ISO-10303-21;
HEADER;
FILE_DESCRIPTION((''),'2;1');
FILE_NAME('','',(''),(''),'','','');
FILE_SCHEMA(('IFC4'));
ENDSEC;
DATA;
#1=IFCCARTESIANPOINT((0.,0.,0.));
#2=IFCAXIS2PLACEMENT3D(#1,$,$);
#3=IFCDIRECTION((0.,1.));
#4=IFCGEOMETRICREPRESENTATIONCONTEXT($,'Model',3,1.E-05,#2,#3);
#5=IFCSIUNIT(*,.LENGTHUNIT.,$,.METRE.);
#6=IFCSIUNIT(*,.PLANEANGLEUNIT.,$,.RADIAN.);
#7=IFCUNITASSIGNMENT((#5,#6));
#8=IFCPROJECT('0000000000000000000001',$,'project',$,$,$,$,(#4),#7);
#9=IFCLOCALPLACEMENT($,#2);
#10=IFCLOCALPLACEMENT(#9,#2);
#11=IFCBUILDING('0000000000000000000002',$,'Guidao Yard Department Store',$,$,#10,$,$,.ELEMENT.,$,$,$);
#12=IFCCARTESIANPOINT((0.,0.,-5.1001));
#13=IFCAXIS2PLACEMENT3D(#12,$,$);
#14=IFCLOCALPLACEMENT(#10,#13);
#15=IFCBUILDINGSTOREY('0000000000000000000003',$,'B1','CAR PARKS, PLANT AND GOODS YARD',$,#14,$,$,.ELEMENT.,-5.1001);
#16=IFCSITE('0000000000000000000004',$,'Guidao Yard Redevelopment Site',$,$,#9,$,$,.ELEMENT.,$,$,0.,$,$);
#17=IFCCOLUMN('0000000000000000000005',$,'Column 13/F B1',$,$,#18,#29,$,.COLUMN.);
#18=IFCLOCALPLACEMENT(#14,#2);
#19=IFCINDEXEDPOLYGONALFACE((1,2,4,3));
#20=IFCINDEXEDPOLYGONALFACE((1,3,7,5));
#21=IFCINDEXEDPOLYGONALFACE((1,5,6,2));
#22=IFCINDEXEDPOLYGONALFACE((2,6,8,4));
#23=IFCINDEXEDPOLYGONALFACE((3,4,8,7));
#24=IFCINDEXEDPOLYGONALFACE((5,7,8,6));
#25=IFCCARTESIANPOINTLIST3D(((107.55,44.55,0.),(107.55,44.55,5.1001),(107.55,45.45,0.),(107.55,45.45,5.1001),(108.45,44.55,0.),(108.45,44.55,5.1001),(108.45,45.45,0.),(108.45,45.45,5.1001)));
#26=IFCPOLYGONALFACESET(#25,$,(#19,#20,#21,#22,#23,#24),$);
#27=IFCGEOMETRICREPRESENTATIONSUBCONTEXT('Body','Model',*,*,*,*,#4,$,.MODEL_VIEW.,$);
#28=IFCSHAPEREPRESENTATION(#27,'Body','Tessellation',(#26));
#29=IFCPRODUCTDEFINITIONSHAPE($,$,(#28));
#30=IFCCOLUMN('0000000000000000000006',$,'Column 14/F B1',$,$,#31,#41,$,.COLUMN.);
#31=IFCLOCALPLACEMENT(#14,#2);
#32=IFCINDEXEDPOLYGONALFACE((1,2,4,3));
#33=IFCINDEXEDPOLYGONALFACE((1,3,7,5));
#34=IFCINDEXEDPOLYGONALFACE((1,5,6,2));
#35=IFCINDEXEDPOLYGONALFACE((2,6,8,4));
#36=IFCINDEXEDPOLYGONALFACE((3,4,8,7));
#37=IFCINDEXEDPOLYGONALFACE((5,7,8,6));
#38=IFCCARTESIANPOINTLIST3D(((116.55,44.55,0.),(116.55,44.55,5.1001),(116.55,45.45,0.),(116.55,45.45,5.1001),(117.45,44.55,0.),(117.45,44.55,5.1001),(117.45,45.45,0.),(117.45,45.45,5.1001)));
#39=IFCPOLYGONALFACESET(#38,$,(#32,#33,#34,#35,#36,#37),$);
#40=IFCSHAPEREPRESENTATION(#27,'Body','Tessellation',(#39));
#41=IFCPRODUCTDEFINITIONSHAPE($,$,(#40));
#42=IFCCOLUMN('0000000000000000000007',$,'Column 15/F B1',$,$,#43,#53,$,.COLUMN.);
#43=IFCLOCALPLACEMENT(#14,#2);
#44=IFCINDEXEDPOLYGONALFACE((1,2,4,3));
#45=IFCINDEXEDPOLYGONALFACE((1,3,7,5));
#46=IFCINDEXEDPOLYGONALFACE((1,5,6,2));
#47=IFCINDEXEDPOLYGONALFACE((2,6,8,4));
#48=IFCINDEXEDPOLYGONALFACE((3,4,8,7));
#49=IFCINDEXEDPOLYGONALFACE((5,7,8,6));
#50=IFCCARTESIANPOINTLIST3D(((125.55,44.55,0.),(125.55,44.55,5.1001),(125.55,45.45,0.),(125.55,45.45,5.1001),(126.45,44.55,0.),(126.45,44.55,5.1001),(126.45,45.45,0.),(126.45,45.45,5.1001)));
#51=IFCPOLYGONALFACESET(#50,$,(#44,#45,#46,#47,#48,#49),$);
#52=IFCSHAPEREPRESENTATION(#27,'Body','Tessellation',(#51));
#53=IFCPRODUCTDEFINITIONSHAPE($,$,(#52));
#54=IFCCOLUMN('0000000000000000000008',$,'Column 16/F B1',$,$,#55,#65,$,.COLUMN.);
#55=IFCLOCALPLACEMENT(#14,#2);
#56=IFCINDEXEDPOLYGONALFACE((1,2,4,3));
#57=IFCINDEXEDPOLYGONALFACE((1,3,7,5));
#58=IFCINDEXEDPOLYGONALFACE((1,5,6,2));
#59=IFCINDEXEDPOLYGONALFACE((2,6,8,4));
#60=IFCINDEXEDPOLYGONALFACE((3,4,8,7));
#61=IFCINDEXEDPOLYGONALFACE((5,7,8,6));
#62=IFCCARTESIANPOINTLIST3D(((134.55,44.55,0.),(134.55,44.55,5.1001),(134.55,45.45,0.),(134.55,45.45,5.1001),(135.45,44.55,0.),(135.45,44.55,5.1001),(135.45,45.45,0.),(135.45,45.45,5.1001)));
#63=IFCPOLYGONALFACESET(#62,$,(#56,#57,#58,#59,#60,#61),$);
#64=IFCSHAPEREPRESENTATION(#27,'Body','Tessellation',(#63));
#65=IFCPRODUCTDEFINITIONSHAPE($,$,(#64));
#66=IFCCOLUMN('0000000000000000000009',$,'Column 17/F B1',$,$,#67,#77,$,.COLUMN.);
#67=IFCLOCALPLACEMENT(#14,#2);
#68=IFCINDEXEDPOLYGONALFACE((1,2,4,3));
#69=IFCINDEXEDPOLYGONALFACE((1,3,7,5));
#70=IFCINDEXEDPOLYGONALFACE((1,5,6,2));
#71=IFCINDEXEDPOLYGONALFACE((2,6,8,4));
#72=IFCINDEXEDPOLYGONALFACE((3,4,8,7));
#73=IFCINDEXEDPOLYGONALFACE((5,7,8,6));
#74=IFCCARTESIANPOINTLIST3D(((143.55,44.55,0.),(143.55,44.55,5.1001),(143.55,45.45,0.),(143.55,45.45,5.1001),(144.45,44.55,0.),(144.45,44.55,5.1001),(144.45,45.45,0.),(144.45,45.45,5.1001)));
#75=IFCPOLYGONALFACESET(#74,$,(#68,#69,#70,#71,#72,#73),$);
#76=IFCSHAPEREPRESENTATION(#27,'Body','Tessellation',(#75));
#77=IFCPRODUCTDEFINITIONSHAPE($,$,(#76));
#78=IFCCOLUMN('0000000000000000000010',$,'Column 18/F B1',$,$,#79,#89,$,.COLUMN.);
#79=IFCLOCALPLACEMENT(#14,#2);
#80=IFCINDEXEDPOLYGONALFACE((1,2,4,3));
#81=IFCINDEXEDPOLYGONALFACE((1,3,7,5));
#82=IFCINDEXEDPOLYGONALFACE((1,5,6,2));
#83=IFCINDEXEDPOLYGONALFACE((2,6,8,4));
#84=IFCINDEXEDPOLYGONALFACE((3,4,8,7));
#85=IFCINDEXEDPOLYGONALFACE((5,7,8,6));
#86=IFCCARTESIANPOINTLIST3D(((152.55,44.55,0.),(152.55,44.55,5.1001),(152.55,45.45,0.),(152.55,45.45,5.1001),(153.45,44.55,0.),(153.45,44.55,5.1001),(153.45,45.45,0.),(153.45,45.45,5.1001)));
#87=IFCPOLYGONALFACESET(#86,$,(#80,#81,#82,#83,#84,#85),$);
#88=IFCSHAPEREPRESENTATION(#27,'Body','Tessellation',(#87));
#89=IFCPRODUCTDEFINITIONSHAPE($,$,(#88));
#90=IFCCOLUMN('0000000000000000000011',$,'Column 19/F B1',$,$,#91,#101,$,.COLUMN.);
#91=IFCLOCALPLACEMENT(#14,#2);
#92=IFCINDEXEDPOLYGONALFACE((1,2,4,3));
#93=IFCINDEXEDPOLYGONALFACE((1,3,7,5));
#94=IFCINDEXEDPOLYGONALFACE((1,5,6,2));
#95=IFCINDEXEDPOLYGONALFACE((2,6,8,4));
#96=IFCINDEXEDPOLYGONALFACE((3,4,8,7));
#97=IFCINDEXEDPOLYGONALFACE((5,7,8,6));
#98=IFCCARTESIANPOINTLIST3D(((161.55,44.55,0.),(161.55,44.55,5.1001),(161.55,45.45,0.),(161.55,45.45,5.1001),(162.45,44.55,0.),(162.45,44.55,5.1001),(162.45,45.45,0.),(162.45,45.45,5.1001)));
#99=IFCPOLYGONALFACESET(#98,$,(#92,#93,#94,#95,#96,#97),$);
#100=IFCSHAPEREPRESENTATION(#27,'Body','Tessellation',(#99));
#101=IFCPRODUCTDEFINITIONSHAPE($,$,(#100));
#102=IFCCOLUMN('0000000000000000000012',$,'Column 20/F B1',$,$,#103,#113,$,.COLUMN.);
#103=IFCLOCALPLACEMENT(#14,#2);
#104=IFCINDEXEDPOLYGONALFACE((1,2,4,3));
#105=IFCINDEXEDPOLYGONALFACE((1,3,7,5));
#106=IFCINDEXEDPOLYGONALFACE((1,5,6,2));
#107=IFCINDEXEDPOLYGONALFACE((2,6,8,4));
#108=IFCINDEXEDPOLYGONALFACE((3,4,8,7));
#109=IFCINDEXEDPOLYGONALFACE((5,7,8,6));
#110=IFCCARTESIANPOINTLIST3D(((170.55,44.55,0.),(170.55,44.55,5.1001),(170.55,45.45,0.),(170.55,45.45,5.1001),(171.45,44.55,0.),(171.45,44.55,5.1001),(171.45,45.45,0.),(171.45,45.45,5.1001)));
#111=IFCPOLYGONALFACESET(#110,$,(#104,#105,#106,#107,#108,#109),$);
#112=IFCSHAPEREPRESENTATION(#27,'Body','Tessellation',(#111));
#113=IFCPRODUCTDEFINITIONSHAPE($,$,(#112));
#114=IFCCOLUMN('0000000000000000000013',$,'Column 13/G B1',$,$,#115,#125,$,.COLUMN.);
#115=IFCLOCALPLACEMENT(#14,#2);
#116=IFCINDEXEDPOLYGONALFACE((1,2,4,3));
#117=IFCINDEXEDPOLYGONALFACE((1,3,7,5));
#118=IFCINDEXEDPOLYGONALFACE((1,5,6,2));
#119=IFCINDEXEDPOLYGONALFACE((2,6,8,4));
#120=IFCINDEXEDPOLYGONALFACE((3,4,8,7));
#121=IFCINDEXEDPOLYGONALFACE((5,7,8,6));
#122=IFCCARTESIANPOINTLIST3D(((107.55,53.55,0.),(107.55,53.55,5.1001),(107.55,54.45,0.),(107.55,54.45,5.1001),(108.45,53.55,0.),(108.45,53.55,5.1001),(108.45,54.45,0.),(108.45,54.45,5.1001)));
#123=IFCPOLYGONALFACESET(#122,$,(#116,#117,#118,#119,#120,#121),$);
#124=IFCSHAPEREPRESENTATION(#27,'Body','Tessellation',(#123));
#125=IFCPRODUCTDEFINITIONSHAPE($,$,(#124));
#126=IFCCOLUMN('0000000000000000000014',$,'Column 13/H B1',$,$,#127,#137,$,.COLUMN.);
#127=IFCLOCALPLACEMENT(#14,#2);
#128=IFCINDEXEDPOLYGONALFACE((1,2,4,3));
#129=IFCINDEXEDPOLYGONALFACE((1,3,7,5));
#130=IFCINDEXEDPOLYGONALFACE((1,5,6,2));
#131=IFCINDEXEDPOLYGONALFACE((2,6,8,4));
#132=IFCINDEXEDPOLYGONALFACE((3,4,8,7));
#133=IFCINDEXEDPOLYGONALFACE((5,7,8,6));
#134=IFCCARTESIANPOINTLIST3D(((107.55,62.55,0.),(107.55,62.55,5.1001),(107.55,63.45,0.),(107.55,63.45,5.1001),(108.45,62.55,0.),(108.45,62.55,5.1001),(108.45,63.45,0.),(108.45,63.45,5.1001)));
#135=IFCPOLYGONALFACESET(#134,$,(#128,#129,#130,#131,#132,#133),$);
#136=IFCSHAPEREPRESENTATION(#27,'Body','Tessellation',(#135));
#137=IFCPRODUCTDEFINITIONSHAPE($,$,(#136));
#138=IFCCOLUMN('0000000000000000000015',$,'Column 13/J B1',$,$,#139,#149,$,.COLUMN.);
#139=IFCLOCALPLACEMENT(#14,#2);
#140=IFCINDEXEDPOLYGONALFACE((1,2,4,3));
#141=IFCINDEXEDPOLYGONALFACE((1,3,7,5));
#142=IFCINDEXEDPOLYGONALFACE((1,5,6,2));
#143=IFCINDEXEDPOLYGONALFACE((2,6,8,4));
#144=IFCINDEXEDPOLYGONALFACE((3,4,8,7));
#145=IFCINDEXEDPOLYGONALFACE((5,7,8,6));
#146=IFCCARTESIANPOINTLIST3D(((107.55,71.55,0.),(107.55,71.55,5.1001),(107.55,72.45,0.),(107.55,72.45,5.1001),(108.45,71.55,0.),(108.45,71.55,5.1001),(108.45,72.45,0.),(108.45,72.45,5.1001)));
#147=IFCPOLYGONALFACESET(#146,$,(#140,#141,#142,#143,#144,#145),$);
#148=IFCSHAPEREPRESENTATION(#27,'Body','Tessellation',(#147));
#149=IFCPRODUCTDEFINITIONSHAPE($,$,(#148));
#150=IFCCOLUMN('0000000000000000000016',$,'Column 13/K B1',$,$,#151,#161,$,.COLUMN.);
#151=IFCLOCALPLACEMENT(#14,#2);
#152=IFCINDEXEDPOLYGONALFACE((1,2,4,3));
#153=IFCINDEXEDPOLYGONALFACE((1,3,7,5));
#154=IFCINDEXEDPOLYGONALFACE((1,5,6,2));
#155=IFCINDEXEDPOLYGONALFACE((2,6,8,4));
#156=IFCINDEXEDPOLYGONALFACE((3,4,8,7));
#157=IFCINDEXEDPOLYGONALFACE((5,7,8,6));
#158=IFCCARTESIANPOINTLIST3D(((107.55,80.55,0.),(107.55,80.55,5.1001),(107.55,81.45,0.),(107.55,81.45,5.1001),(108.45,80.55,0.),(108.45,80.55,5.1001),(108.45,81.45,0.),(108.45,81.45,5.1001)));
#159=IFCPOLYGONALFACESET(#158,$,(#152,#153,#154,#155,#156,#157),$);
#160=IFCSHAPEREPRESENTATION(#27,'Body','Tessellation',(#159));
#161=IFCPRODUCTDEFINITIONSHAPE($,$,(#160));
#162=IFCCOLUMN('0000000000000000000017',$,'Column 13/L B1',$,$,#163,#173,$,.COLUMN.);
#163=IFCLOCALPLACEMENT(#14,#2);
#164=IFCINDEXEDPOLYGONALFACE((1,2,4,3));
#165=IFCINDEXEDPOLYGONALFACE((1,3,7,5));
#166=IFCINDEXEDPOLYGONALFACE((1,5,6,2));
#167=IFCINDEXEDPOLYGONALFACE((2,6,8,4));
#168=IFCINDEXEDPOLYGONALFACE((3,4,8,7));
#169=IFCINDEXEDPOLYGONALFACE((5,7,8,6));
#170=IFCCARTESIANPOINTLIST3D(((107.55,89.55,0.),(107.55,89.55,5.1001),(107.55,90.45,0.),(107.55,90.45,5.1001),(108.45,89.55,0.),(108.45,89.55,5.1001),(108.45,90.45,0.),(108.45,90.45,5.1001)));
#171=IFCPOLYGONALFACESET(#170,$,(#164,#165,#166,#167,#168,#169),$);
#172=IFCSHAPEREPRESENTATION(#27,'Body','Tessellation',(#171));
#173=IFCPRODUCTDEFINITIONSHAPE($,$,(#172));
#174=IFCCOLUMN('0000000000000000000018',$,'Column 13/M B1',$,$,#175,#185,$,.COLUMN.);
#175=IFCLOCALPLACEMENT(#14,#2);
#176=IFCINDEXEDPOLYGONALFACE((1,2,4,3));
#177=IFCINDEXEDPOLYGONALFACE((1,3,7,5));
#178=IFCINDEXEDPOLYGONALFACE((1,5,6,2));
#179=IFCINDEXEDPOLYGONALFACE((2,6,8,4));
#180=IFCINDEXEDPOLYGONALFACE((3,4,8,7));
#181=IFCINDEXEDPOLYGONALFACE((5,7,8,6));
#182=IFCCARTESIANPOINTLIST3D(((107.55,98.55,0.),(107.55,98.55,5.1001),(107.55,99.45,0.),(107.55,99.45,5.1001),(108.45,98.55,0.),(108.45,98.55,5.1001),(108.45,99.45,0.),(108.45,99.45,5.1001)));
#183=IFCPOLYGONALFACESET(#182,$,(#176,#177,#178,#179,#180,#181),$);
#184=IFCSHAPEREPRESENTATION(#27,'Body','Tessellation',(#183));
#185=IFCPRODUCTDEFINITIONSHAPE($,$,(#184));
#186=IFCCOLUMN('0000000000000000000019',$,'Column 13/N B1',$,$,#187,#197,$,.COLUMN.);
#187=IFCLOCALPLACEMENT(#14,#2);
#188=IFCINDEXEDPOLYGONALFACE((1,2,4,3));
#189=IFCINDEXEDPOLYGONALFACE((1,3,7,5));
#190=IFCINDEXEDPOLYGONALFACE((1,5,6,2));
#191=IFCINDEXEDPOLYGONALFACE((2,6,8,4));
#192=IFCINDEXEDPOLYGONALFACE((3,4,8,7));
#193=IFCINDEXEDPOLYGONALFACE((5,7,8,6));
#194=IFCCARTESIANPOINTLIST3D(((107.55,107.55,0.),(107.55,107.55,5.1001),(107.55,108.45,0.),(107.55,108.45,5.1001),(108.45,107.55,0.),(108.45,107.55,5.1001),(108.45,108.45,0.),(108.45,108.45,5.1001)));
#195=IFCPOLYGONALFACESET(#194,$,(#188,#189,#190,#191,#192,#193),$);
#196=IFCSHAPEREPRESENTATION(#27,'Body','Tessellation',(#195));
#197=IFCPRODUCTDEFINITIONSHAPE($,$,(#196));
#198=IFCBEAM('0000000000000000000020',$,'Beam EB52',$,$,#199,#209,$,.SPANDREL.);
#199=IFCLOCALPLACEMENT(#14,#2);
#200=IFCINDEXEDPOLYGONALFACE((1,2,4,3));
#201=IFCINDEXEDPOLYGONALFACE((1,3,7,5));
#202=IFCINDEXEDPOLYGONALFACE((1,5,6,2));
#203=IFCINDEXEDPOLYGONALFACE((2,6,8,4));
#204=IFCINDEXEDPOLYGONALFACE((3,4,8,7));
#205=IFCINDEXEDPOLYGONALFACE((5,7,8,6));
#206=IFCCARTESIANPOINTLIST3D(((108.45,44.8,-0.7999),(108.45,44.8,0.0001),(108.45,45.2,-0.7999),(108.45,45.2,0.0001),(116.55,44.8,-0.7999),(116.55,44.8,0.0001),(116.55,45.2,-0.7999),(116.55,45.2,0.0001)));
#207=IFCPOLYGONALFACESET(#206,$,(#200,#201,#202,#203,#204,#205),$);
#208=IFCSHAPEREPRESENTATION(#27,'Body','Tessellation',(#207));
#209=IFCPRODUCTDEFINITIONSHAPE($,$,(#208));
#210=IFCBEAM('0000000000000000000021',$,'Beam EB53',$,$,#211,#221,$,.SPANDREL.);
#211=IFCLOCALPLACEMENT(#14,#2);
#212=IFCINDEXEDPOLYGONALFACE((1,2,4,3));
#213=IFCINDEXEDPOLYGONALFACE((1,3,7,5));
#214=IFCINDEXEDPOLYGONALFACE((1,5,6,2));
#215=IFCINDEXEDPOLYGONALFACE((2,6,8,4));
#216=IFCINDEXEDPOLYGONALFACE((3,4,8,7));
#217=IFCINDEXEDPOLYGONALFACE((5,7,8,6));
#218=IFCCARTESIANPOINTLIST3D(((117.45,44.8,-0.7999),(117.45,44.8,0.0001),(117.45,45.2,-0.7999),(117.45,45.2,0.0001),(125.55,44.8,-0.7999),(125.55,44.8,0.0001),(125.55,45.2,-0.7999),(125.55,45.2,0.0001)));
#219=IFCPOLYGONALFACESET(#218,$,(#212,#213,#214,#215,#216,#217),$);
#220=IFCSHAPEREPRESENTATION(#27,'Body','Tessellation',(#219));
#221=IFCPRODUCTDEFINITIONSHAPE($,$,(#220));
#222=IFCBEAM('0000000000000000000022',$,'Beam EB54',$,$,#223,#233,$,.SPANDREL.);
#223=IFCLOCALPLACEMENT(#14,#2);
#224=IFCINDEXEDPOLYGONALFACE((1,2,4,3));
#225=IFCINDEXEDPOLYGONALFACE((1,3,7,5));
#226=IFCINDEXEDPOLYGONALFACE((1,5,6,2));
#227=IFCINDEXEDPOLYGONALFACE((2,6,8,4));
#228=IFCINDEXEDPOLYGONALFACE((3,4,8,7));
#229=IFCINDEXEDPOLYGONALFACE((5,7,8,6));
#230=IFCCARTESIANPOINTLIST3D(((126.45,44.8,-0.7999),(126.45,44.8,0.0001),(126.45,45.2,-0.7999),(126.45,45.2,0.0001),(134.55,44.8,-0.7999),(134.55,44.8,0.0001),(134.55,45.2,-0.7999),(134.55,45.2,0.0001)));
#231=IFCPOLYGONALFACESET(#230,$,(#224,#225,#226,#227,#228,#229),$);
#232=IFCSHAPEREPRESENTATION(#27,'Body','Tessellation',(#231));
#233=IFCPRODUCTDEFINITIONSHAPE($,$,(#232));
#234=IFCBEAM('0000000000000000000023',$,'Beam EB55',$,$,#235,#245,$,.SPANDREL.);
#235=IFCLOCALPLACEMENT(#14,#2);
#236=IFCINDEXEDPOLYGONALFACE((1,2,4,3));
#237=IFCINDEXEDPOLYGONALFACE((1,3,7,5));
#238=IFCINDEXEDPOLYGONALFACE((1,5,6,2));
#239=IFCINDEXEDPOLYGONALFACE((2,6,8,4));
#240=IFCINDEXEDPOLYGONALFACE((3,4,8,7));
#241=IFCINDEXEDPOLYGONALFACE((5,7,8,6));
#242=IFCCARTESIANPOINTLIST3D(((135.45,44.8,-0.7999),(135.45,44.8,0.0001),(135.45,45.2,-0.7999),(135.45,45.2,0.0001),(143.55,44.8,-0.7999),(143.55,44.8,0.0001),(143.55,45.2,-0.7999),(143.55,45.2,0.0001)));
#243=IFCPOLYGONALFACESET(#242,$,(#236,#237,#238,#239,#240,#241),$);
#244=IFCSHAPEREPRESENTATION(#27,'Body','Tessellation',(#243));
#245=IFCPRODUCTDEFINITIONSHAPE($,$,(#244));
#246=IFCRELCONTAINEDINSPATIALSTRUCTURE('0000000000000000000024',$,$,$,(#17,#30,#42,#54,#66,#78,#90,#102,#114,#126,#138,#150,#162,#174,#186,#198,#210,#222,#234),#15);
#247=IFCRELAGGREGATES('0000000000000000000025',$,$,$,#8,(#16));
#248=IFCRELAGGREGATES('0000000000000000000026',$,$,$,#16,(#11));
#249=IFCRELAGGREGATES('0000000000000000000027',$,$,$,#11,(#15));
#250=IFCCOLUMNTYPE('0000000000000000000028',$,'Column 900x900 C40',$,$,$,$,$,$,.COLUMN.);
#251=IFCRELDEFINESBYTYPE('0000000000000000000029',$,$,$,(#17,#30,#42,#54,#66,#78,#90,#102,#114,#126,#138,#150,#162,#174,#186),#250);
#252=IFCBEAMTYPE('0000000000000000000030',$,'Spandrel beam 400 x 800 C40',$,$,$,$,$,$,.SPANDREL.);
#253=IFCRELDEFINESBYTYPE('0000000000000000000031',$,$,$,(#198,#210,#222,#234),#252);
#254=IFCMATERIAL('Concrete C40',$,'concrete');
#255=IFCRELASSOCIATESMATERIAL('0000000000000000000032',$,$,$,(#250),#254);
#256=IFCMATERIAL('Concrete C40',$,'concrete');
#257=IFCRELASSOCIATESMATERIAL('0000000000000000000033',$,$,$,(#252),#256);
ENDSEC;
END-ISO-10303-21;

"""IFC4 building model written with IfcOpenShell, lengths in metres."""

from ifc_helpers import new_model, si_unit, direction, frame, origin, origin_2d, place, context, subcontext, project, spatial, rectangle, extrude, material, material_profile, profile_set, type_object, element, save


model = new_model("IFC4")

# Units and contexts
model_context = context("Model", 3, precision=1e-05, world=origin(), true_north=direction((0.0, 1.0)))
body_context = subcontext(model_context, "Body", "Model", "MODEL_VIEW")
ifc_project = project(units=[si_unit("LENGTHUNIT", "METRE"), si_unit("PLANEANGLEUNIT", "RADIAN")], contexts=[model_context])

# Site, building, storey
site_placement = place(None, origin())
site = spatial("IfcSite", under=ifc_project, at=site_placement, Name="Guidao Yard Redevelopment Site", CompositionType="ELEMENT", RefElevation=0.0)
building_placement = place(site_placement, origin())
building = spatial("IfcBuilding", under=site, at=building_placement, Name="Guidao Yard Department Store", CompositionType="ELEMENT")
storey_placement = place(building_placement, frame((0.0, 0.0, -5.1001)))
storey = spatial("IfcBuildingStorey", under=building, at=storey_placement, Name="B1", Description="CAR PARKS, PLANT AND GOODS YARD", CompositionType="ELEMENT", Elevation=-5.1001)

# Columns
ifc_material_1 = material(Name="Concrete C40", Category="concrete")
ifc_material_profile_1 = material_profile(ifc_material_1, rectangle(XDim=0.8999, YDim=0.8999, at=origin_2d()), Name="COL 900x900")
ifc_profile_set_1 = profile_set([ifc_material_profile_1], Name="Concrete C40")
column_type = type_object("IfcColumnType", Name="Column 900x900 C40", PredefinedType="COLUMN", material=ifc_profile_set_1)
for number, where, z_axis, x_axis, name in (
    (1, (108.0, 45.0, 0.0), (0.0, 0.0, 1.0), (1.0, 0.0, 0.0), "Column 13/F B1"),
    (2, (117.0, 45.0, 0.0), (0.0, 0.0, 1.0), (1.0, 0.0, 0.0), "Column 14/F B1"),
    (3, (126.0, 45.0, 0.0), (0.0, 0.0, 1.0), (1.0, 0.0, 0.0), "Column 15/F B1"),
    (4, (135.0, 45.0, 0.0), (0.0, 0.0, 1.0), (1.0, 0.0, 0.0), "Column 16/F B1"),
    (5, (144.0, 45.0, 0.0), (0.0, 0.0, 1.0), (1.0, 0.0, 0.0), "Column 17/F B1"),
    (6, (153.0, 45.0, 0.0), (0.0, 0.0, 1.0), (1.0, 0.0, 0.0), "Column 18/F B1"),
    (7, (162.0, 45.0, 0.0), (0.0, 0.0, 1.0), (1.0, 0.0, 0.0), "Column 19/F B1"),
    (8, (171.0, 45.0, 0.0), (0.0, 0.0, 1.0), (1.0, 0.0, 0.0), "Column 20/F B1"),
    (9, (108.0, 54.0, 0.0), (0.0, 0.0, 1.0), (1.0, 0.0, 0.0), "Column 13/G B1"),
    (10, (108.0, 63.0, 0.0), (0.0, 0.0, 1.0), (1.0, 0.0, 0.0), "Column 13/H B1"),
    (11, (108.0, 72.0, 0.0), (0.0, 0.0, 1.0), (1.0, 0.0, 0.0), "Column 13/J B1"),
    (12, (108.0, 81.0, 0.0), (0.0, 0.0, 1.0), (1.0, 0.0, 0.0), "Column 13/K B1"),
    (13, (108.0, 90.0, 0.0), (0.0, 0.0, 1.0), (1.0, 0.0, 0.0), "Column 13/L B1"),
    (14, (108.0, 99.0, 0.0), (0.0, 0.0, 1.0), (1.0, 0.0, 0.0), "Column 13/M B1"),
    (15, (108.0, 108.0, 0.0), (0.0, 0.0, 1.0), (1.0, 0.0, 0.0), "Column 13/N B1"),
):
    element("IfcColumn", number, at=place(storey_placement, frame(where, z_axis=z_axis, x_axis=x_axis)), inside=storey, type_object=column_type, Name=name, PredefinedType="COLUMN", context=body_context, shape_type="SweptSolid", body=[
        extrude(rectangle(XDim=0.8999, YDim=0.8999, at=origin_2d()), origin(), (0.0, 0.0, 1.0), 5.1001),
    ])

# Beams
ifc_material_2 = material(Name="Concrete C40", Category="concrete")
ifc_material_profile_2 = material_profile(ifc_material_2, rectangle(XDim=0.3999, YDim=0.8, at=origin_2d()), Name="Spandrel beam 400 x 800 C40")
ifc_profile_set_2 = profile_set([ifc_material_profile_2], Name="Concrete C40")
beam_type = type_object("IfcBeamType", Name="Spandrel beam 400 x 800 C40", PredefinedType="SPANDREL", material=ifc_profile_set_2)
for number, where, z_axis, x_axis, name in (
    (16, (108.45, 45.0, -0.3999), (1.0, 0.0, 0.0), (0.0, 1.0, 0.0), "Beam EB52"),
    (17, (117.45, 45.0, -0.3999), (1.0, 0.0, 0.0), (0.0, 1.0, 0.0), "Beam EB53"),
    (18, (126.45, 45.0, -0.3999), (1.0, 0.0, 0.0), (0.0, 1.0, 0.0), "Beam EB54"),
    (19, (135.45, 45.0, -0.3999), (1.0, 0.0, 0.0), (0.0, 1.0, 0.0), "Beam EB55"),
):
    element("IfcBeam", number, at=place(storey_placement, frame(where, z_axis=z_axis, x_axis=x_axis)), inside=storey, type_object=beam_type, Name=name, PredefinedType="SPANDREL", context=body_context, shape_type="SweptSolid", body=[
        extrude(rectangle(XDim=0.3999, YDim=0.8, at=origin_2d()), origin(), (0.0, 0.0, 1.0), 8.1001),
    ])

save(model, "model.ifc")
